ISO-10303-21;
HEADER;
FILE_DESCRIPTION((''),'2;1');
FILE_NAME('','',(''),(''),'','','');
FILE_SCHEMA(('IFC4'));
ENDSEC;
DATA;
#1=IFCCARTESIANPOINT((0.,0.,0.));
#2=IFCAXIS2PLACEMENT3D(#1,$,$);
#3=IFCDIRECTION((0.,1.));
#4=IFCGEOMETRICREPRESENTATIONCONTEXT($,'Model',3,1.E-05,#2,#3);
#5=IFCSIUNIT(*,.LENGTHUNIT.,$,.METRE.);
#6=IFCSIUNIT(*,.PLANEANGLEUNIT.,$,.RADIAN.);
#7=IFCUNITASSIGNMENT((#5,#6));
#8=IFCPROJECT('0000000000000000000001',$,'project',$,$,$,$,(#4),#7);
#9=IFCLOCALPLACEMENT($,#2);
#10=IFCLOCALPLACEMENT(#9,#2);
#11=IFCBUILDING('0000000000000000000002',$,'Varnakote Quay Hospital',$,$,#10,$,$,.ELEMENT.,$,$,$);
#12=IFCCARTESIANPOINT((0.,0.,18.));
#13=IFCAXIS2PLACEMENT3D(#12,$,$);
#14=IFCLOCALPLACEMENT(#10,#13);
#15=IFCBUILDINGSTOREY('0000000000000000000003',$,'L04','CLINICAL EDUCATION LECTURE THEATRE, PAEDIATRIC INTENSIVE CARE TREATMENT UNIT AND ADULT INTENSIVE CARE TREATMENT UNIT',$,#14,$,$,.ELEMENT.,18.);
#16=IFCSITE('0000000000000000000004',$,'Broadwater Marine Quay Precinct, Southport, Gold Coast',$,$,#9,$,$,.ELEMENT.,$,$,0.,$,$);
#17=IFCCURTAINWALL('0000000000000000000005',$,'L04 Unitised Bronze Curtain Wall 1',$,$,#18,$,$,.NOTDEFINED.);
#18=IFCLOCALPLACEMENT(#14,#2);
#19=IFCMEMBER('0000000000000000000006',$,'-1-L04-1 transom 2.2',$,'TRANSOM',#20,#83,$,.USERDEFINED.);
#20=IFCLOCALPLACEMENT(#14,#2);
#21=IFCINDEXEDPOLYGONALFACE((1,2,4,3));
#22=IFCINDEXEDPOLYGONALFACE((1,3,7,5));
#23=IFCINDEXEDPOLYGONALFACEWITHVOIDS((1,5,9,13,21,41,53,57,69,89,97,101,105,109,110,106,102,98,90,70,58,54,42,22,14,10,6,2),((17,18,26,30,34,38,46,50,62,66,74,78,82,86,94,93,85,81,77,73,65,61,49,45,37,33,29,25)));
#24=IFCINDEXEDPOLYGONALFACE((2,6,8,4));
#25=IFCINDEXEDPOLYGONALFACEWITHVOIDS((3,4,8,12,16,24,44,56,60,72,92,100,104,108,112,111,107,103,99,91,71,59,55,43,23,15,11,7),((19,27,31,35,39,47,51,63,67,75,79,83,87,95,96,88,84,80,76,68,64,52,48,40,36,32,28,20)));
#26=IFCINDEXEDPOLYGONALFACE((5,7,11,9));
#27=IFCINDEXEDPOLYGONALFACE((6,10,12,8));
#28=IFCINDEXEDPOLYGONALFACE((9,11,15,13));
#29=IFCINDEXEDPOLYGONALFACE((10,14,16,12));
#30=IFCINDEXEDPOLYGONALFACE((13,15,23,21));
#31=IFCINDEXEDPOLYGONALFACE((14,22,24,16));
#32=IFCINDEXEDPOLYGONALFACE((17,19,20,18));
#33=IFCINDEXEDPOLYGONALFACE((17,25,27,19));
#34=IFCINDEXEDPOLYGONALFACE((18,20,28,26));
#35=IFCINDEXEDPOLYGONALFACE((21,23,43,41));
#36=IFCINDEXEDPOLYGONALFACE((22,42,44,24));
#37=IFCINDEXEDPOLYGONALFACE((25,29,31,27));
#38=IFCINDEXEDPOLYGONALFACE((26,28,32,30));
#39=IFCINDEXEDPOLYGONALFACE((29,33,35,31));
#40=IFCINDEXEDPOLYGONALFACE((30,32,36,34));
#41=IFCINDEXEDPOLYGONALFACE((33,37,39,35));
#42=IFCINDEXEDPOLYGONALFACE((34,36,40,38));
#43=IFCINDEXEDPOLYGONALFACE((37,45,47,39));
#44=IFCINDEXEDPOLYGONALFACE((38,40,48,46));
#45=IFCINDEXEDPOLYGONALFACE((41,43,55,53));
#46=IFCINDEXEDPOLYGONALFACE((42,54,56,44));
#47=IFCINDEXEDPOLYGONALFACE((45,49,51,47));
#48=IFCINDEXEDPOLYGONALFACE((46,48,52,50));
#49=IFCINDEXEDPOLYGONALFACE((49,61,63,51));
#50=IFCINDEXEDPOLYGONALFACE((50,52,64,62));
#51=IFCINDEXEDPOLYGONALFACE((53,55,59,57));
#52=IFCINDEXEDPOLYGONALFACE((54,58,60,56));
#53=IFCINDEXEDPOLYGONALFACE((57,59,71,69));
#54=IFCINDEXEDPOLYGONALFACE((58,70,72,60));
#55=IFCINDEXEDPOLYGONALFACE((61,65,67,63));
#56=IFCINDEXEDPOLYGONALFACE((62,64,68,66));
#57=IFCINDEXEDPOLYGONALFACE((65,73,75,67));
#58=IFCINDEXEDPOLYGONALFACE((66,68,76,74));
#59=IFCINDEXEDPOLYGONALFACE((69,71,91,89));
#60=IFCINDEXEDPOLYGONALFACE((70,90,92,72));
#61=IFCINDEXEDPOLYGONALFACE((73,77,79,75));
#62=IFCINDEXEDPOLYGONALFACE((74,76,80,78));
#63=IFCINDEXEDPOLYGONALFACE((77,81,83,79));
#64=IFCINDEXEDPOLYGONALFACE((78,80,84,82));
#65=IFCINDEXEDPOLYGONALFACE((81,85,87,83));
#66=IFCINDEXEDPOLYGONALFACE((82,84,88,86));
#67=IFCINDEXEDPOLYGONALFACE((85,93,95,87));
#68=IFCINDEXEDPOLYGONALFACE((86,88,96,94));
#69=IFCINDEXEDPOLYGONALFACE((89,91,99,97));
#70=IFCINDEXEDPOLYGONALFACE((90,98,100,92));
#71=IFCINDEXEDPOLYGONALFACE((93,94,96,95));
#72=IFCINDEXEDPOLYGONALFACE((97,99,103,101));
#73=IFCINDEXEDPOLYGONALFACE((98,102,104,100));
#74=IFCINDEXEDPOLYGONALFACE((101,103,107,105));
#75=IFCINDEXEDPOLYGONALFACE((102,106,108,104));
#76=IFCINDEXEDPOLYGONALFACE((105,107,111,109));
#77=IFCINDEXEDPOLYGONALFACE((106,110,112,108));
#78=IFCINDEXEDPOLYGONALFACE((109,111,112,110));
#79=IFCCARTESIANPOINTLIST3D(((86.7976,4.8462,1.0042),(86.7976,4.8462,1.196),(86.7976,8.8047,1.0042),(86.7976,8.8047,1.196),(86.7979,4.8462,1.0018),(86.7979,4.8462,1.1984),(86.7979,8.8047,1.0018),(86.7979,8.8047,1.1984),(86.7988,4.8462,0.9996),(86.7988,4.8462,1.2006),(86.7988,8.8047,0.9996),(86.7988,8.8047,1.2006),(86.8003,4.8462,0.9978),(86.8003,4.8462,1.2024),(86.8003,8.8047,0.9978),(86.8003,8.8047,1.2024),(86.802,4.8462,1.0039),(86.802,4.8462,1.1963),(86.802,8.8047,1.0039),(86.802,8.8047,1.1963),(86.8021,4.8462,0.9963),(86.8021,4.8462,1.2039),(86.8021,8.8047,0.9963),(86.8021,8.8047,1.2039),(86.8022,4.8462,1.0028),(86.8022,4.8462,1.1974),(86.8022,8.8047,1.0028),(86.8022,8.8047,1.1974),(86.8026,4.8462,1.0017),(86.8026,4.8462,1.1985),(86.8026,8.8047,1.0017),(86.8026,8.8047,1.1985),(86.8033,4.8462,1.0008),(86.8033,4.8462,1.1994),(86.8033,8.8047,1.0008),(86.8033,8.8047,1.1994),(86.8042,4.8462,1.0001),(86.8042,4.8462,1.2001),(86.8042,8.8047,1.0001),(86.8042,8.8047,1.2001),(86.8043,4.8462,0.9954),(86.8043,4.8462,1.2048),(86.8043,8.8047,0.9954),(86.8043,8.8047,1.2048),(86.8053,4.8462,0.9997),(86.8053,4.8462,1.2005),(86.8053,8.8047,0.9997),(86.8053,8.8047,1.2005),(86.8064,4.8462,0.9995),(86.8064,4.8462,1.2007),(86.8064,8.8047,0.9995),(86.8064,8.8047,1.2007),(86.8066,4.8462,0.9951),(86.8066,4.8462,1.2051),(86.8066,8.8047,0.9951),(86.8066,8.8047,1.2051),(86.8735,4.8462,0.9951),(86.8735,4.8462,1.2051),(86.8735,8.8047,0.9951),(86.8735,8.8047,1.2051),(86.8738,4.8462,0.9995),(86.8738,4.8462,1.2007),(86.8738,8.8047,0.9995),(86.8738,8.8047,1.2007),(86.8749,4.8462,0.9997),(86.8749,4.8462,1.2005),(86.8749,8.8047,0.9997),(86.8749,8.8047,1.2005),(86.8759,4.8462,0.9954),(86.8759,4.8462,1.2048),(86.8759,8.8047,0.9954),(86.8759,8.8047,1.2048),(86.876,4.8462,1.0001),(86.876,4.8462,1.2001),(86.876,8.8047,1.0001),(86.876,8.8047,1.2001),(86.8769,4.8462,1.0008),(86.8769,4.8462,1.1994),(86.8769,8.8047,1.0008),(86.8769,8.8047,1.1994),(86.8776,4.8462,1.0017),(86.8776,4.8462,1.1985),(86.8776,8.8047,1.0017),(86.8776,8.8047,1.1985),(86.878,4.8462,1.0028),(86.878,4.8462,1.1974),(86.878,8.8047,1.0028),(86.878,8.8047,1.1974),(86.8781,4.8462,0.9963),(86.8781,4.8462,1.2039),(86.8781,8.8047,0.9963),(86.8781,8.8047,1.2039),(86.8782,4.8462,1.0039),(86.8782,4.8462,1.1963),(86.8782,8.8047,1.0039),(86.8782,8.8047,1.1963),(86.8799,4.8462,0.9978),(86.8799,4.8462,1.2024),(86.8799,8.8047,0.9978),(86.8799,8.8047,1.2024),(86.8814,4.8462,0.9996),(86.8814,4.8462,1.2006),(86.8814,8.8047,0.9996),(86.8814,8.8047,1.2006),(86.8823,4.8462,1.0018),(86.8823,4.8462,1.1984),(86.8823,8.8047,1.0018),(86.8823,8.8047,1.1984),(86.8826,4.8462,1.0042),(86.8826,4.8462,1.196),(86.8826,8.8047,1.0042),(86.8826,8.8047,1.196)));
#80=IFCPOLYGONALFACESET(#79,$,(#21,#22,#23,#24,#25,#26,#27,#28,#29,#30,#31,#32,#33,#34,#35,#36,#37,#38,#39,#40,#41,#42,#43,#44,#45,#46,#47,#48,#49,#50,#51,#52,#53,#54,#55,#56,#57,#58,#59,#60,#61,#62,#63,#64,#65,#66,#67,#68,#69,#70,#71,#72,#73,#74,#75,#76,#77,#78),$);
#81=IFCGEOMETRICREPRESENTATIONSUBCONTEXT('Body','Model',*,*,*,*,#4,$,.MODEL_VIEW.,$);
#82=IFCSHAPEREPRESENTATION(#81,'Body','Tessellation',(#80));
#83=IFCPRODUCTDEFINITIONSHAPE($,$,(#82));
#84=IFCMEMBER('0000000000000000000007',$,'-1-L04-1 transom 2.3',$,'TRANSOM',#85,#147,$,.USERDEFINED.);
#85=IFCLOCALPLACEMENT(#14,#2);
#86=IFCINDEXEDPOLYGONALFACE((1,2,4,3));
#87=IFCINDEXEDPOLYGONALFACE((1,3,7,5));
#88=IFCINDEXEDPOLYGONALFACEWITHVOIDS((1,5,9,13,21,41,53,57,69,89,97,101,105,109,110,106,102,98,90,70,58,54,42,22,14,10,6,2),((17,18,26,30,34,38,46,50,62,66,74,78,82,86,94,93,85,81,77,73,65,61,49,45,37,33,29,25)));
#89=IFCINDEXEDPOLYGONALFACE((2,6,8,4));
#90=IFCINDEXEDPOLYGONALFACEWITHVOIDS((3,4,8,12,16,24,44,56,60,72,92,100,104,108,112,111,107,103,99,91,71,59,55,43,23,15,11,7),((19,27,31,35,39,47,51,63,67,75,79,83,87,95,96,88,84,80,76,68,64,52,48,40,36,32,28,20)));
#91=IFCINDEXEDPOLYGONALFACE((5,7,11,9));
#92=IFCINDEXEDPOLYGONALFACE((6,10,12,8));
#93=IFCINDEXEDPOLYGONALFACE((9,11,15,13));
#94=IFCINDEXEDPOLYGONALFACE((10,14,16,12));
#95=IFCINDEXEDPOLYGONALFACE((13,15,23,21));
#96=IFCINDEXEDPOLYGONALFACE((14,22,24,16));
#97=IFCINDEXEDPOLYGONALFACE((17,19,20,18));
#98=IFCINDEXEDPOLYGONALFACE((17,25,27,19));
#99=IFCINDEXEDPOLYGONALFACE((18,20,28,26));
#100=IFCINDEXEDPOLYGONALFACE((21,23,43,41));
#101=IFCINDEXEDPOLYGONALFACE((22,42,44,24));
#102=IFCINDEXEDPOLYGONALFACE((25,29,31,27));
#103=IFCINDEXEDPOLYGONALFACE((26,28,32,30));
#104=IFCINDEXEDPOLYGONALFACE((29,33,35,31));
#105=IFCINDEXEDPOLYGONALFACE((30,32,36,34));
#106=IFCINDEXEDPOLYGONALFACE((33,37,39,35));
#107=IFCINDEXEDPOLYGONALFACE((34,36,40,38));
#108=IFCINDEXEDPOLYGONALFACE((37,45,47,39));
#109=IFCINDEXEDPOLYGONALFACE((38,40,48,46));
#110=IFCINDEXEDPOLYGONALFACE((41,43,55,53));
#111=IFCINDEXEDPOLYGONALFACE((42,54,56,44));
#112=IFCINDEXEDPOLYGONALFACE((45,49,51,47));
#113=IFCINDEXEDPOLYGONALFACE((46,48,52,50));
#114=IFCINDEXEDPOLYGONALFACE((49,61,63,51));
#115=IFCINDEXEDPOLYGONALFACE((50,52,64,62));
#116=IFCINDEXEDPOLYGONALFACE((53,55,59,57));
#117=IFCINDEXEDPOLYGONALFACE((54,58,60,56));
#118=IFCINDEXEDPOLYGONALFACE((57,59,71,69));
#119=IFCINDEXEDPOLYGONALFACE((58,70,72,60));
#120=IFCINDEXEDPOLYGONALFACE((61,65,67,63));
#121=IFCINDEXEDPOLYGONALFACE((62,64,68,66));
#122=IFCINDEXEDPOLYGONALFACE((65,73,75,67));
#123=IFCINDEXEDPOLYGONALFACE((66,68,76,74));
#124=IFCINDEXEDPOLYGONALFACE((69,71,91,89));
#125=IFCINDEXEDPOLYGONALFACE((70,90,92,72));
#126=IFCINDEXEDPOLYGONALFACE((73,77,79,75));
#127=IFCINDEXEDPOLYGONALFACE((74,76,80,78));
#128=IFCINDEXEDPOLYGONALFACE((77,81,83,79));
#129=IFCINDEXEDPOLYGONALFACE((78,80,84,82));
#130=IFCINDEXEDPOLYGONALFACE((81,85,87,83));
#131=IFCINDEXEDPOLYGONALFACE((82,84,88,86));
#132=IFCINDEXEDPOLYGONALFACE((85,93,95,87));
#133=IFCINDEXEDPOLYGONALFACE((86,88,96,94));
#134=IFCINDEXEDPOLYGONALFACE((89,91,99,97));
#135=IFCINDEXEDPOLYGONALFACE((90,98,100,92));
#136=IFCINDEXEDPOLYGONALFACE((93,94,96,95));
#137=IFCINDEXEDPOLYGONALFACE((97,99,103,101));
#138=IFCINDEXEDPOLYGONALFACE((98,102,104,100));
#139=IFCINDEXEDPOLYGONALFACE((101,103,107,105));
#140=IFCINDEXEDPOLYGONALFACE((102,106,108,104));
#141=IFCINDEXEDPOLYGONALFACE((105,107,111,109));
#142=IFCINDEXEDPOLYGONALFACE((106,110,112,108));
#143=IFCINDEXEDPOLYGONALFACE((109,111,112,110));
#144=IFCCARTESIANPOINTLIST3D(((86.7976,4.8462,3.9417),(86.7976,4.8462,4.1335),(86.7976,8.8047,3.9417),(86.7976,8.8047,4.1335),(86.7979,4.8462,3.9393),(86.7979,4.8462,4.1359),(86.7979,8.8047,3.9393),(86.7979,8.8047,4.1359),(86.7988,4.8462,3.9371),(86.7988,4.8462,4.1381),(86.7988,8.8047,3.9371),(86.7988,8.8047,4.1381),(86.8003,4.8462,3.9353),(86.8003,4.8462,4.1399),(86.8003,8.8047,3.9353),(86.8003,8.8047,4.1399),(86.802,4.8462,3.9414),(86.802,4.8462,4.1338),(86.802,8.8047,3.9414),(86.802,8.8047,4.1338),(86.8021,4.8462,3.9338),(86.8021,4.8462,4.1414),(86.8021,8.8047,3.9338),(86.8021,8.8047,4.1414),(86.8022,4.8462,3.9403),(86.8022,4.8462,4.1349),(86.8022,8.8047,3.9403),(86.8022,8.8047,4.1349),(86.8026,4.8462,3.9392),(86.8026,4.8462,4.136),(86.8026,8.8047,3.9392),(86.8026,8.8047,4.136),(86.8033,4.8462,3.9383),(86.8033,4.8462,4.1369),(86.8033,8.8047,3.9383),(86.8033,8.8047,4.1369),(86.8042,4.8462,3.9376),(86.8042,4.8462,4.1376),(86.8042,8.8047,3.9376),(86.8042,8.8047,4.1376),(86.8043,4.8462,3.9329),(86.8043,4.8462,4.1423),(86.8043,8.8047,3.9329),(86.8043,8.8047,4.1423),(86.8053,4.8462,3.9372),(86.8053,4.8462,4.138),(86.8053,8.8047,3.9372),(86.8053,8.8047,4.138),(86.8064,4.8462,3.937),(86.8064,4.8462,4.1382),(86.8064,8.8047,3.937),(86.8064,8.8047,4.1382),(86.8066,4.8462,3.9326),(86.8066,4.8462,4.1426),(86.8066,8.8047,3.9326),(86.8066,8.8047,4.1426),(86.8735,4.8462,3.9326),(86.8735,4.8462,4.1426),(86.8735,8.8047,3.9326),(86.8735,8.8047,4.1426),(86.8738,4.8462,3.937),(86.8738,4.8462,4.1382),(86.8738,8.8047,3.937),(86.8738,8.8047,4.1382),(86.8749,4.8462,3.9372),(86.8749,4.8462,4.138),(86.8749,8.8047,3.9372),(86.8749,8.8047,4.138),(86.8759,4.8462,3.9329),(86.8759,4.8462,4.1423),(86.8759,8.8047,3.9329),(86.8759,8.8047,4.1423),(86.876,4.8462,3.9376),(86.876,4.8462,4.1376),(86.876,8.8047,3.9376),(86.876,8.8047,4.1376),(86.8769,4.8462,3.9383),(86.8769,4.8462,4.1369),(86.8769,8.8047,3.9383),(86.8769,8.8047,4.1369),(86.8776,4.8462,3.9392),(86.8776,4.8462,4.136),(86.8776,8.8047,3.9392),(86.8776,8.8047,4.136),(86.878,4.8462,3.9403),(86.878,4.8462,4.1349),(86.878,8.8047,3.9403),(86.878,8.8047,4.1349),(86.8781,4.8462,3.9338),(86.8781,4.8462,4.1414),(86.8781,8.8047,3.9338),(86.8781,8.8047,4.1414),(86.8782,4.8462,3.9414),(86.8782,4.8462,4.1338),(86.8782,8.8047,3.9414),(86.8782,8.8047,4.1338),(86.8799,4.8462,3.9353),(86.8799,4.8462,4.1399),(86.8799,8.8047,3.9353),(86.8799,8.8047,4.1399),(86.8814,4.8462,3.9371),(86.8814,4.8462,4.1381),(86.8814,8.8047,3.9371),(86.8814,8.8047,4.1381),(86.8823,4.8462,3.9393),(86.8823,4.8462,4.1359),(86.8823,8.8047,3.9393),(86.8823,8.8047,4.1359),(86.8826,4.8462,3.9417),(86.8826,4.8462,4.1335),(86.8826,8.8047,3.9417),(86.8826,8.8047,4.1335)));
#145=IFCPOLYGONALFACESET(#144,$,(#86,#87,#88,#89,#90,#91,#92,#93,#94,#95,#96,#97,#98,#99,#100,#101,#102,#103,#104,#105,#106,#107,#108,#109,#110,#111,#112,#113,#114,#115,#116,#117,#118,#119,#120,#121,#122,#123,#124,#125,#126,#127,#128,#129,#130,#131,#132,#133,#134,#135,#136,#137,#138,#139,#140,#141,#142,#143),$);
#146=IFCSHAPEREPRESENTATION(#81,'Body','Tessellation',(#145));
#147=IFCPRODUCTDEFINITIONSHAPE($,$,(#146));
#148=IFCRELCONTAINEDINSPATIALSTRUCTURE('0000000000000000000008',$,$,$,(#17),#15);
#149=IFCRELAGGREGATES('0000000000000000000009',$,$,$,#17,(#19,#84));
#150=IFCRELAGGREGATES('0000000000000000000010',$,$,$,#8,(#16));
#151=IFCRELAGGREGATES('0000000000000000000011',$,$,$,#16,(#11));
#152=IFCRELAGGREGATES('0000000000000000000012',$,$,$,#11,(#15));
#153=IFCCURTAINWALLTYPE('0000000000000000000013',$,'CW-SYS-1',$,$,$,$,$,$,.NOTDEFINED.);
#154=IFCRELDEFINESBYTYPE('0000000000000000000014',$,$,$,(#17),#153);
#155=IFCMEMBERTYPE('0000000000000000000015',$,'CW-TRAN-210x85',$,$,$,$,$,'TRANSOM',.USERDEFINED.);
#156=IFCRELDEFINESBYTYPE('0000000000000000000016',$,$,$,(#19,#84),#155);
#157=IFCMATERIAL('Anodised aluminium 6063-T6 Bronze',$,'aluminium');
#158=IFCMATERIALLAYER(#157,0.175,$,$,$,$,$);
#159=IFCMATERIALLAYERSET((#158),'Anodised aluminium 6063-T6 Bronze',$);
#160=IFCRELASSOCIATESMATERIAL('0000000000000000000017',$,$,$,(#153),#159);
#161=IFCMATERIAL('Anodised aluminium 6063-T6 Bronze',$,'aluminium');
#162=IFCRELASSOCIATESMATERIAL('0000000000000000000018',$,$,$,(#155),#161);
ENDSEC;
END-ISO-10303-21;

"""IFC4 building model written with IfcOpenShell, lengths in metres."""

from ifc_helpers import new_model, si_unit, direction, frame, origin, origin_2d, place, context, subcontext, project, spatial, hollow_rectangle, extrude, material, layer, layer_set, material_profile, profile_set, type_object, element, aggregate, save


model = new_model("IFC4")

# Units and contexts
model_context = context("Model", 3, precision=1e-05, world=origin(), true_north=direction((0.0, 1.0)))
body_context = subcontext(model_context, "Body", "Model", "MODEL_VIEW")
ifc_project = project(units=[si_unit("LENGTHUNIT", "METRE"), si_unit("PLANEANGLEUNIT", "RADIAN")], contexts=[model_context])

# Site, building, storey
site_placement = place(None, origin())
site = spatial("IfcSite", under=ifc_project, at=site_placement, Name="Broadwater Marine Quay Precinct, Southport, Gold Coast", CompositionType="ELEMENT", RefElevation=0.0)
building_placement = place(site_placement, origin())
building = spatial("IfcBuilding", under=site, at=building_placement, Name="Varnakote Quay Hospital", CompositionType="ELEMENT")
storey_placement = place(building_placement, frame((0.0, 0.0, 18.0)))
storey = spatial("IfcBuildingStorey", under=building, at=storey_placement, Name="L04", Description="CLINICAL EDUCATION LECTURE THEATRE, PAEDIATRIC INTENSIVE CARE TREATMENT UNIT AND ADULT INTENSIVE CARE TREATMENT UNIT", CompositionType="ELEMENT", Elevation=18.0)

# Curtain wall, members
ifc_material_1 = material(Name="Anodised aluminium 6063-T6 Bronze", Category="aluminium")
ifc_layer_1 = layer(ifc_material_1, 0.175)
ifc_layer_set_1 = layer_set([ifc_layer_1], Name="Anodised aluminium 6063-T6 Bronze")
curtain_wall_type = type_object("IfcCurtainWallType", Name="CW-SYS-1", PredefinedType="NOTDEFINED", material=ifc_layer_set_1)
curtain_wall_placement = place(storey_placement, origin())
curtain_wall = element("IfcCurtainWall", 1, at=curtain_wall_placement, inside=storey, type_object=curtain_wall_type, Name="L04 Unitised Bronze Curtain Wall 1", PredefinedType="NOTDEFINED")
ifc_material_2 = material(Name="Anodised aluminium 6063-T6 Bronze", Category="aluminium")
ifc_material_profile_1 = material_profile(ifc_material_2, hollow_rectangle(XDim=0.085, YDim=0.21, WallThickness=0.0044, InnerFilletRadius=0.0044, OuterFilletRadius=0.009, at=origin_2d()), Name="CW-TRAN-210x85")
ifc_profile_set_1 = profile_set([ifc_material_profile_1], Name="Anodised aluminium 6063-T6 Bronze")
member_type_1 = type_object("IfcMemberType", Name="CW-TRAN-210x85", ElementType="TRANSOM", PredefinedType="USERDEFINED", material=ifc_profile_set_1)
member_1_placement = place(storey_placement, frame((86.8401, 4.8462, 1.1001), z_axis=(0.0, 1.0, 0.0), x_axis=(-1.0, 0.0, 0.0)))
member_1 = element("IfcMember", 2, at=member_1_placement, type_object=member_type_1, Name="-1-L04-1 transom 2.2", ObjectType="TRANSOM", PredefinedType="USERDEFINED", context=body_context, shape_type="SweptSolid", body=[
    extrude(hollow_rectangle(XDim=0.085, YDim=0.21, WallThickness=0.0044, InnerFilletRadius=0.0044, OuterFilletRadius=0.009, at=origin_2d()), origin(), (0.0, 0.0, 1.0), 3.9585),
])
member_2_placement = place(storey_placement, frame((86.8401, 4.8462, 4.0376), z_axis=(0.0, 1.0, 0.0), x_axis=(-1.0, 0.0, 0.0)))
member_2 = element("IfcMember", 3, at=member_2_placement, type_object=member_type_1, Name="-1-L04-1 transom 2.3", ObjectType="TRANSOM", PredefinedType="USERDEFINED", context=body_context, shape_type="SweptSolid", body=[
    extrude(hollow_rectangle(XDim=0.085, YDim=0.21, WallThickness=0.0044, InnerFilletRadius=0.0044, OuterFilletRadius=0.009, at=origin_2d()), origin(), (0.0, 0.0, 1.0), 3.9585),
])
aggregate(curtain_wall, [member_1, member_2])

save(model, "model.ifc")
